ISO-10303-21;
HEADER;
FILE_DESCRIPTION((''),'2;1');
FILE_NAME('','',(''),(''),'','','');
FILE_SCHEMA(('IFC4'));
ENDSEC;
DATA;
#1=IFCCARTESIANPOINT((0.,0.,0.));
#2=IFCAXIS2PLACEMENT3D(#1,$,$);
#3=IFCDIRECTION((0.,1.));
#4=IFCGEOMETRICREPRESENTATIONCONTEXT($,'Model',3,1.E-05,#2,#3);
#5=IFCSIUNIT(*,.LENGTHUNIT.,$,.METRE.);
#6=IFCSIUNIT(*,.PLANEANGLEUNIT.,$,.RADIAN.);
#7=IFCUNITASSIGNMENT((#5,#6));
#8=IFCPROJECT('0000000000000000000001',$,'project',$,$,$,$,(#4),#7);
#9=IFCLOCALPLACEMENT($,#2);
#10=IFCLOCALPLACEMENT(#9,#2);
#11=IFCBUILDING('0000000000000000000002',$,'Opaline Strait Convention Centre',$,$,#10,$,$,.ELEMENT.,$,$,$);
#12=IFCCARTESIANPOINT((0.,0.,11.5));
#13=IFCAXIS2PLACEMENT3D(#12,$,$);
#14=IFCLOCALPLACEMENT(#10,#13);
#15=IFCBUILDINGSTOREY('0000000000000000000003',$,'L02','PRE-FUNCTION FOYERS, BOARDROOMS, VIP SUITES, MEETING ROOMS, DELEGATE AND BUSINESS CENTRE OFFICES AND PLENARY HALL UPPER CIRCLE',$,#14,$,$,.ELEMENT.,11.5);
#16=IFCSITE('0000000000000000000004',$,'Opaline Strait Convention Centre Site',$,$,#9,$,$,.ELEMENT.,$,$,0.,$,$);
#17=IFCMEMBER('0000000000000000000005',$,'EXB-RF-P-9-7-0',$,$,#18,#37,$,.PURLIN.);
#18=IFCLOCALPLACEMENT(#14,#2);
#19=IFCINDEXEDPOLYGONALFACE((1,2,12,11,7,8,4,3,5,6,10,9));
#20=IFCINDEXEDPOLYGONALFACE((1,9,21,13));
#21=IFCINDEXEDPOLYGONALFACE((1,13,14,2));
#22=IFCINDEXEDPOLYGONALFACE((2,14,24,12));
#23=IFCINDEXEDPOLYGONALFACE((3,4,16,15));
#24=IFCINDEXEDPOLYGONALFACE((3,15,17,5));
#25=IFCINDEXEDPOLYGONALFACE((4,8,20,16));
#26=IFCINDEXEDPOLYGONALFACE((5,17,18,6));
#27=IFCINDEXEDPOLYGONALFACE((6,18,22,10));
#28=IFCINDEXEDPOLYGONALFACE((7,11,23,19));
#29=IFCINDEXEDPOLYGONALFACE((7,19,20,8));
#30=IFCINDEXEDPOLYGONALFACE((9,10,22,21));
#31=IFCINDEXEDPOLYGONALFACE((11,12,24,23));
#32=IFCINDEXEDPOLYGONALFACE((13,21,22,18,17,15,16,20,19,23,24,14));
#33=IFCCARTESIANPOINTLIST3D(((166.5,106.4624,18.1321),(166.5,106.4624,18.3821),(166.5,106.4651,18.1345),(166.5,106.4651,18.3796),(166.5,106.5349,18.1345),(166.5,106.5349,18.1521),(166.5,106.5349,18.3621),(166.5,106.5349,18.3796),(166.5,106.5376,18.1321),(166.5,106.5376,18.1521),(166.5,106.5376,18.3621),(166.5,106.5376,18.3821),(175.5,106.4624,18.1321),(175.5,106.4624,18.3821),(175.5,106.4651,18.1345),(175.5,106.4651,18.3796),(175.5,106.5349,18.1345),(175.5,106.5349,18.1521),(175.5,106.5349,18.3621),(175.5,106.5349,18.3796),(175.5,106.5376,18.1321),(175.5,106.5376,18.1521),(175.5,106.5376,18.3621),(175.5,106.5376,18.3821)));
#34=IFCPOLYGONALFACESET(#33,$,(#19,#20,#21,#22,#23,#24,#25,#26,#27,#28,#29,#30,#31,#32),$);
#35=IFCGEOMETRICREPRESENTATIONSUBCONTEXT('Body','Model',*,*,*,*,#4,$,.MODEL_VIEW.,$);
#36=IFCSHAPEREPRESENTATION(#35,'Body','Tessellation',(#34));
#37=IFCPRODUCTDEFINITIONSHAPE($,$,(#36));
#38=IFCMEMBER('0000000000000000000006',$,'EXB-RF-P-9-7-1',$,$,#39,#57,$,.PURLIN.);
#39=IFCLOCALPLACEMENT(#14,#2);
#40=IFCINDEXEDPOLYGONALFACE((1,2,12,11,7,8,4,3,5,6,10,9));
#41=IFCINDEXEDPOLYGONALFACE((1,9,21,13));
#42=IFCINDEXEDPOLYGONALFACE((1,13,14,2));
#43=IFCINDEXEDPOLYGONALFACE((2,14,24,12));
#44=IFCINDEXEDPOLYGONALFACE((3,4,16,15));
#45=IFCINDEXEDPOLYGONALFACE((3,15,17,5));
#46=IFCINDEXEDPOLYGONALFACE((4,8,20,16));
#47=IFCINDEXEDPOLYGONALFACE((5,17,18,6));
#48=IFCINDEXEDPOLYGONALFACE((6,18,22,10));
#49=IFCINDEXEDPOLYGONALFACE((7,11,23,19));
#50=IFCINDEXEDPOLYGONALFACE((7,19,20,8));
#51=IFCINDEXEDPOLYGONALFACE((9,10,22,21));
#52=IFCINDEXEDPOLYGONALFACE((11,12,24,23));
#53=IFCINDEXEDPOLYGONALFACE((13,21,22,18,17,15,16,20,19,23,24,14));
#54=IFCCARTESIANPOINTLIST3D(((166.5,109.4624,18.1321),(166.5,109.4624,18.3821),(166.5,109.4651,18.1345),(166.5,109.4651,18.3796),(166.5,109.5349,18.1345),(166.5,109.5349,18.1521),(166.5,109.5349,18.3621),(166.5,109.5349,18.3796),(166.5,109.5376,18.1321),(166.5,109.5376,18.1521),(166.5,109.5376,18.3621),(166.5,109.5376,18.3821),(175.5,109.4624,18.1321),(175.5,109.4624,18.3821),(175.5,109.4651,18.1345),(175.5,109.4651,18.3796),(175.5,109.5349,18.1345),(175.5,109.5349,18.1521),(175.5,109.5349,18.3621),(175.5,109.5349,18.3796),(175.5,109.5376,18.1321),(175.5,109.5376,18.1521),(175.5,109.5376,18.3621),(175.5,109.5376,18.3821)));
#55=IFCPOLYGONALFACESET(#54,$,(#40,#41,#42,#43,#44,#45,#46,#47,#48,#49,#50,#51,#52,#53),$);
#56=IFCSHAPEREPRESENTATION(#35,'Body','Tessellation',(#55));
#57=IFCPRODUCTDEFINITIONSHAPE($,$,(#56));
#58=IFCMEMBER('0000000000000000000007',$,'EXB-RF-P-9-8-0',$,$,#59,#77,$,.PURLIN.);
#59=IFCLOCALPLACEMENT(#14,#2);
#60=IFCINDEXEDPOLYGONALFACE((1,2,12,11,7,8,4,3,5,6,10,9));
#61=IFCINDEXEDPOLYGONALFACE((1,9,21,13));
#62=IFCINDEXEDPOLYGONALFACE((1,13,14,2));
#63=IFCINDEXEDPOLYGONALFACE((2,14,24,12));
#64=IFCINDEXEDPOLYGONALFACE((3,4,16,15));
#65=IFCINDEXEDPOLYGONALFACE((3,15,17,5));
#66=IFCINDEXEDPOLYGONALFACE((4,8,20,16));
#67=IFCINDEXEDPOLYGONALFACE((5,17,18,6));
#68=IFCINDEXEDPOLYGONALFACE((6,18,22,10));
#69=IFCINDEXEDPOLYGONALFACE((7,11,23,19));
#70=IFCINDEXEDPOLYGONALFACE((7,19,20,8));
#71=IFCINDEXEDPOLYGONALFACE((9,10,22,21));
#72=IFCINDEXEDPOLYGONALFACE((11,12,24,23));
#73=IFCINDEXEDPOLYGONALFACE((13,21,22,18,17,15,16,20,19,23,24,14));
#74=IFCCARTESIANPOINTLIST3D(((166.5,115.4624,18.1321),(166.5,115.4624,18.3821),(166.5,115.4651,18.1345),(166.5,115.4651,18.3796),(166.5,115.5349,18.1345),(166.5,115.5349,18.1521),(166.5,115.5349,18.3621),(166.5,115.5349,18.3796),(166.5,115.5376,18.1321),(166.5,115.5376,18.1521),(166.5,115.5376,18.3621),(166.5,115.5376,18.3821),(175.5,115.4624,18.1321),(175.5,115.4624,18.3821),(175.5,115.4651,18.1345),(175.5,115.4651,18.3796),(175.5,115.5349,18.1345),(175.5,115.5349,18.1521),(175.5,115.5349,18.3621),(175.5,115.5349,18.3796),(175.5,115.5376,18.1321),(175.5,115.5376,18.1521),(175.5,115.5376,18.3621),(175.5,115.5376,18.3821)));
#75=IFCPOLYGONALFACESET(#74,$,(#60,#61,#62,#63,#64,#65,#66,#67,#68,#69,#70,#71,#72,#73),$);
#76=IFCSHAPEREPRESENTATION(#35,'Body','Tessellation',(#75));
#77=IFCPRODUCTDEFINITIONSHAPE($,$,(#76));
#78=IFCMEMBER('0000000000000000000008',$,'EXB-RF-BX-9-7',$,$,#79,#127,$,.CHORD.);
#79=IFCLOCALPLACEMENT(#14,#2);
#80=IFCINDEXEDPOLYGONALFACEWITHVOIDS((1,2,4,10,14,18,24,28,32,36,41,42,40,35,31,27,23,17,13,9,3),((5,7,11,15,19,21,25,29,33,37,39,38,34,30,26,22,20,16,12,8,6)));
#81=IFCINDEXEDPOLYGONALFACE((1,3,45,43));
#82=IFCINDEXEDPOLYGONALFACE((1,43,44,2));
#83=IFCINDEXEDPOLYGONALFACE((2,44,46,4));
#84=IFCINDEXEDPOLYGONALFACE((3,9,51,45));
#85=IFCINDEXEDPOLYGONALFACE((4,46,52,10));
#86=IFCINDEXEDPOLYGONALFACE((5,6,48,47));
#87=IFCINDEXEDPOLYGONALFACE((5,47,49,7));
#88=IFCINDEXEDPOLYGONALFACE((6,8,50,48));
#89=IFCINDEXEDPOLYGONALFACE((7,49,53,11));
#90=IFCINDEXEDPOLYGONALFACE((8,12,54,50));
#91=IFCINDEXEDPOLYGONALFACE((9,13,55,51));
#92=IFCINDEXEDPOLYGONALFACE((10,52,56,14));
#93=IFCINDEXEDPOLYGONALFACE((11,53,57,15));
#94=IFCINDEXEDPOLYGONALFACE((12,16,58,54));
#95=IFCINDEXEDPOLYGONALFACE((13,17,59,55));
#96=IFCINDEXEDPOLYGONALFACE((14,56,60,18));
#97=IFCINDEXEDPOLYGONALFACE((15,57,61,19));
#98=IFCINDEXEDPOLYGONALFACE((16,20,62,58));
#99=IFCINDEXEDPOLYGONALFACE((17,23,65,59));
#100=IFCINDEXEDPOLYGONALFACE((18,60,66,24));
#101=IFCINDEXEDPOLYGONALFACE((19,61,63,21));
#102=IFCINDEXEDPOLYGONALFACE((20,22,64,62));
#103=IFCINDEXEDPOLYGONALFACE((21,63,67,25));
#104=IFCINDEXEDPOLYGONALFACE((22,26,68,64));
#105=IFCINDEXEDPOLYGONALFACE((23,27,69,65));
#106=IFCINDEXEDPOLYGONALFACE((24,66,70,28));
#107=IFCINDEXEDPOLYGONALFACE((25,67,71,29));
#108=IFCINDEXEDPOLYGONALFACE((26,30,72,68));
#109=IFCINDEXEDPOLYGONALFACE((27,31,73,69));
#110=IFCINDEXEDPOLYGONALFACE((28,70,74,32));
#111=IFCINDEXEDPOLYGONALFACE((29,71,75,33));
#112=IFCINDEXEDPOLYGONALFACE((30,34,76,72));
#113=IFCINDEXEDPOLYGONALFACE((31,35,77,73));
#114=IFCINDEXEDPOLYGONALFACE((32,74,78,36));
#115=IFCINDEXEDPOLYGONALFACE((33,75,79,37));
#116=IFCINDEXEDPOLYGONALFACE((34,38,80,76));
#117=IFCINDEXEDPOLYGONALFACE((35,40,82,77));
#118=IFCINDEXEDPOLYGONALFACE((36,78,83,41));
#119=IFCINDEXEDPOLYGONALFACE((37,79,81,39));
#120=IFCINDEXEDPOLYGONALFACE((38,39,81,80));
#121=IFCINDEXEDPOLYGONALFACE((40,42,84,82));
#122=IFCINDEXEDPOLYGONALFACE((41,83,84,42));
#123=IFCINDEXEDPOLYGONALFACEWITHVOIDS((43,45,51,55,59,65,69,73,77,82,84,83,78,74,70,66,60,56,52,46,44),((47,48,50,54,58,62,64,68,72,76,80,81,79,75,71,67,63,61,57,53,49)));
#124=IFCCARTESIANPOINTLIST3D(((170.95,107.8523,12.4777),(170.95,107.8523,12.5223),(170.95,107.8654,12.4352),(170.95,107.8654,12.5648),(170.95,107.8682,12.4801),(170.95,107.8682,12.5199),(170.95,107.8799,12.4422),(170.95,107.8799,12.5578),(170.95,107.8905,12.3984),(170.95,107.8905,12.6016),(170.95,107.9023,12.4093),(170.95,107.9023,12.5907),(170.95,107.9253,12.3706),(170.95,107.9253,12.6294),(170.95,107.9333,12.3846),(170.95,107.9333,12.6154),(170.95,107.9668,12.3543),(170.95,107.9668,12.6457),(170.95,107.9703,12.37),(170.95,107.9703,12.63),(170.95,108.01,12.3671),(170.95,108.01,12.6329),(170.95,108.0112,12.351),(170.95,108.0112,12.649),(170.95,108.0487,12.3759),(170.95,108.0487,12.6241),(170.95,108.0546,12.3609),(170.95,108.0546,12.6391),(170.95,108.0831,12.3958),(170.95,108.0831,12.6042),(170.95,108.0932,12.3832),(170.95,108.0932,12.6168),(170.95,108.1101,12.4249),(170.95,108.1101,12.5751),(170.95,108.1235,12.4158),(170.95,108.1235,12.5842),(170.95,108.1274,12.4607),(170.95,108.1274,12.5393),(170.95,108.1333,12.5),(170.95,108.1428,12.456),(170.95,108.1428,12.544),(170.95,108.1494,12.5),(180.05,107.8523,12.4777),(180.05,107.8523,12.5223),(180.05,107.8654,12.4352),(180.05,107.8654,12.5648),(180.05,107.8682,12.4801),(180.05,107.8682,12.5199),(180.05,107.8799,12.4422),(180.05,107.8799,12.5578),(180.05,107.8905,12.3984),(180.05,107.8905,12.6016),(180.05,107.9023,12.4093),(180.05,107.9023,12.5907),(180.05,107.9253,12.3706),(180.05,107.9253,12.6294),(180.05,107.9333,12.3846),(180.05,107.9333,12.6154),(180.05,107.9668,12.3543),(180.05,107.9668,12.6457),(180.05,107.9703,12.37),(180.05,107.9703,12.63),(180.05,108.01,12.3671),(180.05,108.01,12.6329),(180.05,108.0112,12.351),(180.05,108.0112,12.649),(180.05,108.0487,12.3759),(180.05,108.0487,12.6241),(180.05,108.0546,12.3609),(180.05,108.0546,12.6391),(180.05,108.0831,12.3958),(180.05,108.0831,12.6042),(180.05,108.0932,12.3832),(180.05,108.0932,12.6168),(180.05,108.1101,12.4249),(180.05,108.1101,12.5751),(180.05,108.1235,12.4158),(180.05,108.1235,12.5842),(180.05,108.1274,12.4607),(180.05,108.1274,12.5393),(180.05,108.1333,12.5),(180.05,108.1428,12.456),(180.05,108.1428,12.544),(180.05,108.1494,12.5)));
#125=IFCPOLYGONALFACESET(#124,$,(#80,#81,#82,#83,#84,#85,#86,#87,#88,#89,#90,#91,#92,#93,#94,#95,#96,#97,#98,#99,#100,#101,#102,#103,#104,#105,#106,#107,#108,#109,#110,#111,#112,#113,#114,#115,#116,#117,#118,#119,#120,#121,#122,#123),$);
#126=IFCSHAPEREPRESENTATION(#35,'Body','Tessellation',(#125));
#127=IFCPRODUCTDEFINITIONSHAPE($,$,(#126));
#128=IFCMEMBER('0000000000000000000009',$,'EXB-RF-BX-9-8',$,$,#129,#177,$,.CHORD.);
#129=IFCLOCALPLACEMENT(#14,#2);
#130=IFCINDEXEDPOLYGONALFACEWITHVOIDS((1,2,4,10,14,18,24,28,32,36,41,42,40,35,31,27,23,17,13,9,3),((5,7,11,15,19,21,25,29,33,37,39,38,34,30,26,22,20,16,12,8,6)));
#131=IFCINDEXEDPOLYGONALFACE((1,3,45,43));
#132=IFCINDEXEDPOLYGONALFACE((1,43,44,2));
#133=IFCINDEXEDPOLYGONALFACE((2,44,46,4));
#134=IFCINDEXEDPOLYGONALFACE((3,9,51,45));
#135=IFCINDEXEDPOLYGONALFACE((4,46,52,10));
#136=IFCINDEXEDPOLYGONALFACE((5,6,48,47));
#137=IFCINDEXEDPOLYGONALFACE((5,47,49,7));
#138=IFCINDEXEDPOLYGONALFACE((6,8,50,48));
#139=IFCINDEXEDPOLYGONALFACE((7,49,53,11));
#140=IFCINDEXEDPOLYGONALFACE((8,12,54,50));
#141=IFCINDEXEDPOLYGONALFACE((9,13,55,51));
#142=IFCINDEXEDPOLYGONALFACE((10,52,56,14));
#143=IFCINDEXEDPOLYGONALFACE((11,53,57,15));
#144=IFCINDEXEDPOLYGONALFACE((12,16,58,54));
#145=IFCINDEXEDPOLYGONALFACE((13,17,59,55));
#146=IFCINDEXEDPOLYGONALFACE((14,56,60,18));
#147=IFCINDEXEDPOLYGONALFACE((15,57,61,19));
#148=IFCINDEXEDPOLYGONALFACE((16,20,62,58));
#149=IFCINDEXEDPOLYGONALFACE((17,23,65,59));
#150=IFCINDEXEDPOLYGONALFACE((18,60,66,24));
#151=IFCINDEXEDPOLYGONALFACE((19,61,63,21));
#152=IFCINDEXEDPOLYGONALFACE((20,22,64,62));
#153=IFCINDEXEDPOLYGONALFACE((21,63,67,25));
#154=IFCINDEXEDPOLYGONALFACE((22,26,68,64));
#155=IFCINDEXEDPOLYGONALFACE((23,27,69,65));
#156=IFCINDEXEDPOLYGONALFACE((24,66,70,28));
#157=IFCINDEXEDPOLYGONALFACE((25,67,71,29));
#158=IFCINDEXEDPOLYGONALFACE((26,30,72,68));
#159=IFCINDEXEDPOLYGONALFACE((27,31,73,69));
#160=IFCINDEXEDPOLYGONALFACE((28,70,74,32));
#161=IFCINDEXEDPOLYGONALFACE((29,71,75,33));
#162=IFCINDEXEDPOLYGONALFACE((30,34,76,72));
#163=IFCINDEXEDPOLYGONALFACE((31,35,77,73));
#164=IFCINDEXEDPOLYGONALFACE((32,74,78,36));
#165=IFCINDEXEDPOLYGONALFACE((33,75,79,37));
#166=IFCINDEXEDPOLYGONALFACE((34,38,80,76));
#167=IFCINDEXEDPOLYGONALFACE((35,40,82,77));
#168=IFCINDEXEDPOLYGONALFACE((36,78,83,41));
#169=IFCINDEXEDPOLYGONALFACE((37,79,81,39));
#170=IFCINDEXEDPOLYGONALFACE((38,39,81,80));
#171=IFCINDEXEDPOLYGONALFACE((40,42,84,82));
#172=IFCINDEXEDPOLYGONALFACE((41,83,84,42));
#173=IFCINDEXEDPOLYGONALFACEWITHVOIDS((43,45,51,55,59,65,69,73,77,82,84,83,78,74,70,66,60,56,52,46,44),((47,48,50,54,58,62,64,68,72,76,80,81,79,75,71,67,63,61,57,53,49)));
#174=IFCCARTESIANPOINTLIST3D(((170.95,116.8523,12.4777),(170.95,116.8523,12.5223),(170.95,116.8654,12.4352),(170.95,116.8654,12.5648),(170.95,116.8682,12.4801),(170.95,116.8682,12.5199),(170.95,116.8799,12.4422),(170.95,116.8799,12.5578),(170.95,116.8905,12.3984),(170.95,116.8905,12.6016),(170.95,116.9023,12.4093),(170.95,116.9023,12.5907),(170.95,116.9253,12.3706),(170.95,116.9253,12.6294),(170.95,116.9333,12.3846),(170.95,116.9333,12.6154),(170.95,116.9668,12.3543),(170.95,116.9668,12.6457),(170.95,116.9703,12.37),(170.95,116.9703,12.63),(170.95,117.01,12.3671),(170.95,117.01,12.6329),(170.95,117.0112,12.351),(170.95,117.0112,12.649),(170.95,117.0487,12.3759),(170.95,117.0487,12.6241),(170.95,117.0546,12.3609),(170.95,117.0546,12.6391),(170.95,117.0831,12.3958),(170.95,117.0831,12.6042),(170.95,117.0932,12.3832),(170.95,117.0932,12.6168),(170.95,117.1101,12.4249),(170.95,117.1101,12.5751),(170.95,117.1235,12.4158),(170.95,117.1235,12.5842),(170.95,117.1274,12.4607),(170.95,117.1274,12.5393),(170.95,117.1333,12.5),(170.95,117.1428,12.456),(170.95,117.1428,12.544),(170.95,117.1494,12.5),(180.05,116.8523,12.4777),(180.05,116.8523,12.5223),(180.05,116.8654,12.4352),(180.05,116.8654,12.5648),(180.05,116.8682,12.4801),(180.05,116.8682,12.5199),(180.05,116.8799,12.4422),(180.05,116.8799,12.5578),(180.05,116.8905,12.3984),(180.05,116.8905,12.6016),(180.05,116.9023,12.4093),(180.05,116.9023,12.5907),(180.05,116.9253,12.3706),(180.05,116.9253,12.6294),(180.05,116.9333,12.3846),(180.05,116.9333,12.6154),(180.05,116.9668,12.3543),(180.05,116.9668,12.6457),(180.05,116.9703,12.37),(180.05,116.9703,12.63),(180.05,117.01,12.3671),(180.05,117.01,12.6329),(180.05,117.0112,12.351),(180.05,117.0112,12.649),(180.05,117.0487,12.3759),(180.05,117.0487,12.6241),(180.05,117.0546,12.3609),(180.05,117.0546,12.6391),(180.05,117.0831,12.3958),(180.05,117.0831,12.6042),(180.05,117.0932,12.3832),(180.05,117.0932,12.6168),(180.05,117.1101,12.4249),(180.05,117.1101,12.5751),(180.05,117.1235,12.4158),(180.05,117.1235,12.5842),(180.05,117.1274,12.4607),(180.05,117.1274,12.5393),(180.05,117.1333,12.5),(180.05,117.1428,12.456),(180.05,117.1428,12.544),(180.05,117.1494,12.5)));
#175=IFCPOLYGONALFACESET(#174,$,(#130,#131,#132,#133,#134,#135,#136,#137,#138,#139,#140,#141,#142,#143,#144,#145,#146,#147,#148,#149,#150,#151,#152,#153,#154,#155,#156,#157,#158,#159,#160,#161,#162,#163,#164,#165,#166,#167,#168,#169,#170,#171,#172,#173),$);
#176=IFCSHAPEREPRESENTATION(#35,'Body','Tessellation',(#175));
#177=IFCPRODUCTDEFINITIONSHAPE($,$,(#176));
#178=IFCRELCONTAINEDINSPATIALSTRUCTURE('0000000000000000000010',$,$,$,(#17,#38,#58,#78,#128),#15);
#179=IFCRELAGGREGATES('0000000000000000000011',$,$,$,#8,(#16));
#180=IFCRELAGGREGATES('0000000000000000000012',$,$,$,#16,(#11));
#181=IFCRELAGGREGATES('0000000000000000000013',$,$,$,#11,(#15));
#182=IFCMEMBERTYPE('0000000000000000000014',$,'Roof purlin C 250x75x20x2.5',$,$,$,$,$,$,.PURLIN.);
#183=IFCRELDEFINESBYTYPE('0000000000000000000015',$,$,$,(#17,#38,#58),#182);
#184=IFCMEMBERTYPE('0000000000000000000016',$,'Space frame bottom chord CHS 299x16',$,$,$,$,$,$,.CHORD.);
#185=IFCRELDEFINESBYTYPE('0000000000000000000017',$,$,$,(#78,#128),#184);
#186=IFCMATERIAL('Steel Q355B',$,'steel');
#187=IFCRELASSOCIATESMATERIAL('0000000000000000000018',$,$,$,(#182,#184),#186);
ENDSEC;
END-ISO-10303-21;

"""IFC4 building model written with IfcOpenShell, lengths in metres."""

from ifc_helpers import new_model, si_unit, direction, frame, origin, origin_2d, place, context, subcontext, project, spatial, polyline, hollow_circle, outline, extrude, material, material_profile, profile_set, type_object, element, save


model = new_model("IFC4")

# Units and contexts
model_context = context("Model", 3, precision=1e-05, world=origin(), true_north=direction((0.0, 1.0)))
body_context = subcontext(model_context, "Body", "Model", "MODEL_VIEW")
ifc_project = project(units=[si_unit("LENGTHUNIT", "METRE"), si_unit("PLANEANGLEUNIT", "RADIAN")], contexts=[model_context])

# Site, building, storey
site_placement = place(None, origin())
site = spatial("IfcSite", under=ifc_project, at=site_placement, Name="Opaline Strait Convention Centre Site", CompositionType="ELEMENT", RefElevation=0.0)
building_placement = place(site_placement, origin())
building = spatial("IfcBuilding", under=site, at=building_placement, Name="Opaline Strait Convention Centre", CompositionType="ELEMENT")
storey_placement = place(building_placement, frame((0.0, 0.0, 11.5)))
storey = spatial("IfcBuildingStorey", under=building, at=storey_placement, Name="L02", Description="PRE-FUNCTION FOYERS, BOARDROOMS, VIP SUITES, MEETING ROOMS, DELEGATE AND BUSINESS CENTRE OFFICES AND PLENARY HALL UPPER CIRCLE", CompositionType="ELEMENT", Elevation=11.5)

# Members
ifc_material = material(Name="Steel Q355B", Category="steel")
ifc_material_profile_1 = material_profile(ifc_material, outline(polyline([(-0.0376, -0.125), (0.0376, -0.125), (0.0376, -0.105), (0.0349, -0.105), (0.0349, -0.1226), (-0.0349, -0.1226), (-0.0349, 0.1226), (0.0349, 0.1226), (0.0349, 0.105), (0.0376, 0.105), (0.0376, 0.125), (-0.0376, 0.125), (-0.0376, -0.125)])), Name="C 250x75x20x2.5")
ifc_profile_set_1 = profile_set([ifc_material_profile_1], Name="Steel Q355B")
member_type_1 = type_object("IfcMemberType", Name="Roof purlin C 250x75x20x2.5", PredefinedType="PURLIN", material=ifc_profile_set_1)
for number, where, z_axis, x_axis, name in (
    (1, (166.5, 106.5, 18.2571), (1.0, 0.0, 0.0), (0.0, 1.0, 0.0), "EXB-RF-P-9-7-0"),
    (2, (166.5, 109.5, 18.2571), (1.0, 0.0, 0.0), (0.0, 1.0, 0.0), "EXB-RF-P-9-7-1"),
    (3, (166.5, 115.5, 18.2571), (1.0, 0.0, 0.0), (0.0, 1.0, 0.0), "EXB-RF-P-9-8-0"),
):
    element("IfcMember", number, at=place(storey_placement, frame(where, z_axis=z_axis, x_axis=x_axis)), inside=storey, type_object=member_type_1, Name=name, PredefinedType="PURLIN", context=body_context, shape_type="SweptSolid", body=[
        extrude(outline(polyline([(-0.0376, -0.125), (0.0376, -0.125), (0.0376, -0.105), (0.0349, -0.105), (0.0349, -0.1226), (-0.0349, -0.1226), (-0.0349, 0.1226), (0.0349, 0.1226), (0.0349, 0.105), (0.0376, 0.105), (0.0376, 0.125), (-0.0376, 0.125), (-0.0376, -0.125)])), origin(), (0.0, 0.0, 1.0), 9.0),
    ])
ifc_material_profile_2 = material_profile(ifc_material, hollow_circle(Radius=0.1494, WallThickness=0.0161, at=origin_2d()), Name="CHS 299x16")
ifc_profile_set_2 = profile_set([ifc_material_profile_2], Name="Steel Q355B")
member_type_2 = type_object("IfcMemberType", Name="Space frame bottom chord CHS 299x16", PredefinedType="CHORD", material=ifc_profile_set_2)
for number, where, z_axis, x_axis, name in (
    (4, (170.95, 108.0, 12.5), (1.0, 0.0, 0.0), (0.0, 1.0, 0.0), "EXB-RF-BX-9-7"),
    (5, (170.95, 117.0, 12.5), (1.0, 0.0, 0.0), (0.0, 1.0, 0.0), "EXB-RF-BX-9-8"),
):
    element("IfcMember", number, at=place(storey_placement, frame(where, z_axis=z_axis, x_axis=x_axis)), inside=storey, type_object=member_type_2, Name=name, PredefinedType="CHORD", context=body_context, shape_type="SweptSolid", body=[
        extrude(hollow_circle(Radius=0.1494, WallThickness=0.0161, at=origin_2d()), origin(), (0.0, 0.0, 1.0), 9.1001),
    ])

save(model, "model.ifc")
